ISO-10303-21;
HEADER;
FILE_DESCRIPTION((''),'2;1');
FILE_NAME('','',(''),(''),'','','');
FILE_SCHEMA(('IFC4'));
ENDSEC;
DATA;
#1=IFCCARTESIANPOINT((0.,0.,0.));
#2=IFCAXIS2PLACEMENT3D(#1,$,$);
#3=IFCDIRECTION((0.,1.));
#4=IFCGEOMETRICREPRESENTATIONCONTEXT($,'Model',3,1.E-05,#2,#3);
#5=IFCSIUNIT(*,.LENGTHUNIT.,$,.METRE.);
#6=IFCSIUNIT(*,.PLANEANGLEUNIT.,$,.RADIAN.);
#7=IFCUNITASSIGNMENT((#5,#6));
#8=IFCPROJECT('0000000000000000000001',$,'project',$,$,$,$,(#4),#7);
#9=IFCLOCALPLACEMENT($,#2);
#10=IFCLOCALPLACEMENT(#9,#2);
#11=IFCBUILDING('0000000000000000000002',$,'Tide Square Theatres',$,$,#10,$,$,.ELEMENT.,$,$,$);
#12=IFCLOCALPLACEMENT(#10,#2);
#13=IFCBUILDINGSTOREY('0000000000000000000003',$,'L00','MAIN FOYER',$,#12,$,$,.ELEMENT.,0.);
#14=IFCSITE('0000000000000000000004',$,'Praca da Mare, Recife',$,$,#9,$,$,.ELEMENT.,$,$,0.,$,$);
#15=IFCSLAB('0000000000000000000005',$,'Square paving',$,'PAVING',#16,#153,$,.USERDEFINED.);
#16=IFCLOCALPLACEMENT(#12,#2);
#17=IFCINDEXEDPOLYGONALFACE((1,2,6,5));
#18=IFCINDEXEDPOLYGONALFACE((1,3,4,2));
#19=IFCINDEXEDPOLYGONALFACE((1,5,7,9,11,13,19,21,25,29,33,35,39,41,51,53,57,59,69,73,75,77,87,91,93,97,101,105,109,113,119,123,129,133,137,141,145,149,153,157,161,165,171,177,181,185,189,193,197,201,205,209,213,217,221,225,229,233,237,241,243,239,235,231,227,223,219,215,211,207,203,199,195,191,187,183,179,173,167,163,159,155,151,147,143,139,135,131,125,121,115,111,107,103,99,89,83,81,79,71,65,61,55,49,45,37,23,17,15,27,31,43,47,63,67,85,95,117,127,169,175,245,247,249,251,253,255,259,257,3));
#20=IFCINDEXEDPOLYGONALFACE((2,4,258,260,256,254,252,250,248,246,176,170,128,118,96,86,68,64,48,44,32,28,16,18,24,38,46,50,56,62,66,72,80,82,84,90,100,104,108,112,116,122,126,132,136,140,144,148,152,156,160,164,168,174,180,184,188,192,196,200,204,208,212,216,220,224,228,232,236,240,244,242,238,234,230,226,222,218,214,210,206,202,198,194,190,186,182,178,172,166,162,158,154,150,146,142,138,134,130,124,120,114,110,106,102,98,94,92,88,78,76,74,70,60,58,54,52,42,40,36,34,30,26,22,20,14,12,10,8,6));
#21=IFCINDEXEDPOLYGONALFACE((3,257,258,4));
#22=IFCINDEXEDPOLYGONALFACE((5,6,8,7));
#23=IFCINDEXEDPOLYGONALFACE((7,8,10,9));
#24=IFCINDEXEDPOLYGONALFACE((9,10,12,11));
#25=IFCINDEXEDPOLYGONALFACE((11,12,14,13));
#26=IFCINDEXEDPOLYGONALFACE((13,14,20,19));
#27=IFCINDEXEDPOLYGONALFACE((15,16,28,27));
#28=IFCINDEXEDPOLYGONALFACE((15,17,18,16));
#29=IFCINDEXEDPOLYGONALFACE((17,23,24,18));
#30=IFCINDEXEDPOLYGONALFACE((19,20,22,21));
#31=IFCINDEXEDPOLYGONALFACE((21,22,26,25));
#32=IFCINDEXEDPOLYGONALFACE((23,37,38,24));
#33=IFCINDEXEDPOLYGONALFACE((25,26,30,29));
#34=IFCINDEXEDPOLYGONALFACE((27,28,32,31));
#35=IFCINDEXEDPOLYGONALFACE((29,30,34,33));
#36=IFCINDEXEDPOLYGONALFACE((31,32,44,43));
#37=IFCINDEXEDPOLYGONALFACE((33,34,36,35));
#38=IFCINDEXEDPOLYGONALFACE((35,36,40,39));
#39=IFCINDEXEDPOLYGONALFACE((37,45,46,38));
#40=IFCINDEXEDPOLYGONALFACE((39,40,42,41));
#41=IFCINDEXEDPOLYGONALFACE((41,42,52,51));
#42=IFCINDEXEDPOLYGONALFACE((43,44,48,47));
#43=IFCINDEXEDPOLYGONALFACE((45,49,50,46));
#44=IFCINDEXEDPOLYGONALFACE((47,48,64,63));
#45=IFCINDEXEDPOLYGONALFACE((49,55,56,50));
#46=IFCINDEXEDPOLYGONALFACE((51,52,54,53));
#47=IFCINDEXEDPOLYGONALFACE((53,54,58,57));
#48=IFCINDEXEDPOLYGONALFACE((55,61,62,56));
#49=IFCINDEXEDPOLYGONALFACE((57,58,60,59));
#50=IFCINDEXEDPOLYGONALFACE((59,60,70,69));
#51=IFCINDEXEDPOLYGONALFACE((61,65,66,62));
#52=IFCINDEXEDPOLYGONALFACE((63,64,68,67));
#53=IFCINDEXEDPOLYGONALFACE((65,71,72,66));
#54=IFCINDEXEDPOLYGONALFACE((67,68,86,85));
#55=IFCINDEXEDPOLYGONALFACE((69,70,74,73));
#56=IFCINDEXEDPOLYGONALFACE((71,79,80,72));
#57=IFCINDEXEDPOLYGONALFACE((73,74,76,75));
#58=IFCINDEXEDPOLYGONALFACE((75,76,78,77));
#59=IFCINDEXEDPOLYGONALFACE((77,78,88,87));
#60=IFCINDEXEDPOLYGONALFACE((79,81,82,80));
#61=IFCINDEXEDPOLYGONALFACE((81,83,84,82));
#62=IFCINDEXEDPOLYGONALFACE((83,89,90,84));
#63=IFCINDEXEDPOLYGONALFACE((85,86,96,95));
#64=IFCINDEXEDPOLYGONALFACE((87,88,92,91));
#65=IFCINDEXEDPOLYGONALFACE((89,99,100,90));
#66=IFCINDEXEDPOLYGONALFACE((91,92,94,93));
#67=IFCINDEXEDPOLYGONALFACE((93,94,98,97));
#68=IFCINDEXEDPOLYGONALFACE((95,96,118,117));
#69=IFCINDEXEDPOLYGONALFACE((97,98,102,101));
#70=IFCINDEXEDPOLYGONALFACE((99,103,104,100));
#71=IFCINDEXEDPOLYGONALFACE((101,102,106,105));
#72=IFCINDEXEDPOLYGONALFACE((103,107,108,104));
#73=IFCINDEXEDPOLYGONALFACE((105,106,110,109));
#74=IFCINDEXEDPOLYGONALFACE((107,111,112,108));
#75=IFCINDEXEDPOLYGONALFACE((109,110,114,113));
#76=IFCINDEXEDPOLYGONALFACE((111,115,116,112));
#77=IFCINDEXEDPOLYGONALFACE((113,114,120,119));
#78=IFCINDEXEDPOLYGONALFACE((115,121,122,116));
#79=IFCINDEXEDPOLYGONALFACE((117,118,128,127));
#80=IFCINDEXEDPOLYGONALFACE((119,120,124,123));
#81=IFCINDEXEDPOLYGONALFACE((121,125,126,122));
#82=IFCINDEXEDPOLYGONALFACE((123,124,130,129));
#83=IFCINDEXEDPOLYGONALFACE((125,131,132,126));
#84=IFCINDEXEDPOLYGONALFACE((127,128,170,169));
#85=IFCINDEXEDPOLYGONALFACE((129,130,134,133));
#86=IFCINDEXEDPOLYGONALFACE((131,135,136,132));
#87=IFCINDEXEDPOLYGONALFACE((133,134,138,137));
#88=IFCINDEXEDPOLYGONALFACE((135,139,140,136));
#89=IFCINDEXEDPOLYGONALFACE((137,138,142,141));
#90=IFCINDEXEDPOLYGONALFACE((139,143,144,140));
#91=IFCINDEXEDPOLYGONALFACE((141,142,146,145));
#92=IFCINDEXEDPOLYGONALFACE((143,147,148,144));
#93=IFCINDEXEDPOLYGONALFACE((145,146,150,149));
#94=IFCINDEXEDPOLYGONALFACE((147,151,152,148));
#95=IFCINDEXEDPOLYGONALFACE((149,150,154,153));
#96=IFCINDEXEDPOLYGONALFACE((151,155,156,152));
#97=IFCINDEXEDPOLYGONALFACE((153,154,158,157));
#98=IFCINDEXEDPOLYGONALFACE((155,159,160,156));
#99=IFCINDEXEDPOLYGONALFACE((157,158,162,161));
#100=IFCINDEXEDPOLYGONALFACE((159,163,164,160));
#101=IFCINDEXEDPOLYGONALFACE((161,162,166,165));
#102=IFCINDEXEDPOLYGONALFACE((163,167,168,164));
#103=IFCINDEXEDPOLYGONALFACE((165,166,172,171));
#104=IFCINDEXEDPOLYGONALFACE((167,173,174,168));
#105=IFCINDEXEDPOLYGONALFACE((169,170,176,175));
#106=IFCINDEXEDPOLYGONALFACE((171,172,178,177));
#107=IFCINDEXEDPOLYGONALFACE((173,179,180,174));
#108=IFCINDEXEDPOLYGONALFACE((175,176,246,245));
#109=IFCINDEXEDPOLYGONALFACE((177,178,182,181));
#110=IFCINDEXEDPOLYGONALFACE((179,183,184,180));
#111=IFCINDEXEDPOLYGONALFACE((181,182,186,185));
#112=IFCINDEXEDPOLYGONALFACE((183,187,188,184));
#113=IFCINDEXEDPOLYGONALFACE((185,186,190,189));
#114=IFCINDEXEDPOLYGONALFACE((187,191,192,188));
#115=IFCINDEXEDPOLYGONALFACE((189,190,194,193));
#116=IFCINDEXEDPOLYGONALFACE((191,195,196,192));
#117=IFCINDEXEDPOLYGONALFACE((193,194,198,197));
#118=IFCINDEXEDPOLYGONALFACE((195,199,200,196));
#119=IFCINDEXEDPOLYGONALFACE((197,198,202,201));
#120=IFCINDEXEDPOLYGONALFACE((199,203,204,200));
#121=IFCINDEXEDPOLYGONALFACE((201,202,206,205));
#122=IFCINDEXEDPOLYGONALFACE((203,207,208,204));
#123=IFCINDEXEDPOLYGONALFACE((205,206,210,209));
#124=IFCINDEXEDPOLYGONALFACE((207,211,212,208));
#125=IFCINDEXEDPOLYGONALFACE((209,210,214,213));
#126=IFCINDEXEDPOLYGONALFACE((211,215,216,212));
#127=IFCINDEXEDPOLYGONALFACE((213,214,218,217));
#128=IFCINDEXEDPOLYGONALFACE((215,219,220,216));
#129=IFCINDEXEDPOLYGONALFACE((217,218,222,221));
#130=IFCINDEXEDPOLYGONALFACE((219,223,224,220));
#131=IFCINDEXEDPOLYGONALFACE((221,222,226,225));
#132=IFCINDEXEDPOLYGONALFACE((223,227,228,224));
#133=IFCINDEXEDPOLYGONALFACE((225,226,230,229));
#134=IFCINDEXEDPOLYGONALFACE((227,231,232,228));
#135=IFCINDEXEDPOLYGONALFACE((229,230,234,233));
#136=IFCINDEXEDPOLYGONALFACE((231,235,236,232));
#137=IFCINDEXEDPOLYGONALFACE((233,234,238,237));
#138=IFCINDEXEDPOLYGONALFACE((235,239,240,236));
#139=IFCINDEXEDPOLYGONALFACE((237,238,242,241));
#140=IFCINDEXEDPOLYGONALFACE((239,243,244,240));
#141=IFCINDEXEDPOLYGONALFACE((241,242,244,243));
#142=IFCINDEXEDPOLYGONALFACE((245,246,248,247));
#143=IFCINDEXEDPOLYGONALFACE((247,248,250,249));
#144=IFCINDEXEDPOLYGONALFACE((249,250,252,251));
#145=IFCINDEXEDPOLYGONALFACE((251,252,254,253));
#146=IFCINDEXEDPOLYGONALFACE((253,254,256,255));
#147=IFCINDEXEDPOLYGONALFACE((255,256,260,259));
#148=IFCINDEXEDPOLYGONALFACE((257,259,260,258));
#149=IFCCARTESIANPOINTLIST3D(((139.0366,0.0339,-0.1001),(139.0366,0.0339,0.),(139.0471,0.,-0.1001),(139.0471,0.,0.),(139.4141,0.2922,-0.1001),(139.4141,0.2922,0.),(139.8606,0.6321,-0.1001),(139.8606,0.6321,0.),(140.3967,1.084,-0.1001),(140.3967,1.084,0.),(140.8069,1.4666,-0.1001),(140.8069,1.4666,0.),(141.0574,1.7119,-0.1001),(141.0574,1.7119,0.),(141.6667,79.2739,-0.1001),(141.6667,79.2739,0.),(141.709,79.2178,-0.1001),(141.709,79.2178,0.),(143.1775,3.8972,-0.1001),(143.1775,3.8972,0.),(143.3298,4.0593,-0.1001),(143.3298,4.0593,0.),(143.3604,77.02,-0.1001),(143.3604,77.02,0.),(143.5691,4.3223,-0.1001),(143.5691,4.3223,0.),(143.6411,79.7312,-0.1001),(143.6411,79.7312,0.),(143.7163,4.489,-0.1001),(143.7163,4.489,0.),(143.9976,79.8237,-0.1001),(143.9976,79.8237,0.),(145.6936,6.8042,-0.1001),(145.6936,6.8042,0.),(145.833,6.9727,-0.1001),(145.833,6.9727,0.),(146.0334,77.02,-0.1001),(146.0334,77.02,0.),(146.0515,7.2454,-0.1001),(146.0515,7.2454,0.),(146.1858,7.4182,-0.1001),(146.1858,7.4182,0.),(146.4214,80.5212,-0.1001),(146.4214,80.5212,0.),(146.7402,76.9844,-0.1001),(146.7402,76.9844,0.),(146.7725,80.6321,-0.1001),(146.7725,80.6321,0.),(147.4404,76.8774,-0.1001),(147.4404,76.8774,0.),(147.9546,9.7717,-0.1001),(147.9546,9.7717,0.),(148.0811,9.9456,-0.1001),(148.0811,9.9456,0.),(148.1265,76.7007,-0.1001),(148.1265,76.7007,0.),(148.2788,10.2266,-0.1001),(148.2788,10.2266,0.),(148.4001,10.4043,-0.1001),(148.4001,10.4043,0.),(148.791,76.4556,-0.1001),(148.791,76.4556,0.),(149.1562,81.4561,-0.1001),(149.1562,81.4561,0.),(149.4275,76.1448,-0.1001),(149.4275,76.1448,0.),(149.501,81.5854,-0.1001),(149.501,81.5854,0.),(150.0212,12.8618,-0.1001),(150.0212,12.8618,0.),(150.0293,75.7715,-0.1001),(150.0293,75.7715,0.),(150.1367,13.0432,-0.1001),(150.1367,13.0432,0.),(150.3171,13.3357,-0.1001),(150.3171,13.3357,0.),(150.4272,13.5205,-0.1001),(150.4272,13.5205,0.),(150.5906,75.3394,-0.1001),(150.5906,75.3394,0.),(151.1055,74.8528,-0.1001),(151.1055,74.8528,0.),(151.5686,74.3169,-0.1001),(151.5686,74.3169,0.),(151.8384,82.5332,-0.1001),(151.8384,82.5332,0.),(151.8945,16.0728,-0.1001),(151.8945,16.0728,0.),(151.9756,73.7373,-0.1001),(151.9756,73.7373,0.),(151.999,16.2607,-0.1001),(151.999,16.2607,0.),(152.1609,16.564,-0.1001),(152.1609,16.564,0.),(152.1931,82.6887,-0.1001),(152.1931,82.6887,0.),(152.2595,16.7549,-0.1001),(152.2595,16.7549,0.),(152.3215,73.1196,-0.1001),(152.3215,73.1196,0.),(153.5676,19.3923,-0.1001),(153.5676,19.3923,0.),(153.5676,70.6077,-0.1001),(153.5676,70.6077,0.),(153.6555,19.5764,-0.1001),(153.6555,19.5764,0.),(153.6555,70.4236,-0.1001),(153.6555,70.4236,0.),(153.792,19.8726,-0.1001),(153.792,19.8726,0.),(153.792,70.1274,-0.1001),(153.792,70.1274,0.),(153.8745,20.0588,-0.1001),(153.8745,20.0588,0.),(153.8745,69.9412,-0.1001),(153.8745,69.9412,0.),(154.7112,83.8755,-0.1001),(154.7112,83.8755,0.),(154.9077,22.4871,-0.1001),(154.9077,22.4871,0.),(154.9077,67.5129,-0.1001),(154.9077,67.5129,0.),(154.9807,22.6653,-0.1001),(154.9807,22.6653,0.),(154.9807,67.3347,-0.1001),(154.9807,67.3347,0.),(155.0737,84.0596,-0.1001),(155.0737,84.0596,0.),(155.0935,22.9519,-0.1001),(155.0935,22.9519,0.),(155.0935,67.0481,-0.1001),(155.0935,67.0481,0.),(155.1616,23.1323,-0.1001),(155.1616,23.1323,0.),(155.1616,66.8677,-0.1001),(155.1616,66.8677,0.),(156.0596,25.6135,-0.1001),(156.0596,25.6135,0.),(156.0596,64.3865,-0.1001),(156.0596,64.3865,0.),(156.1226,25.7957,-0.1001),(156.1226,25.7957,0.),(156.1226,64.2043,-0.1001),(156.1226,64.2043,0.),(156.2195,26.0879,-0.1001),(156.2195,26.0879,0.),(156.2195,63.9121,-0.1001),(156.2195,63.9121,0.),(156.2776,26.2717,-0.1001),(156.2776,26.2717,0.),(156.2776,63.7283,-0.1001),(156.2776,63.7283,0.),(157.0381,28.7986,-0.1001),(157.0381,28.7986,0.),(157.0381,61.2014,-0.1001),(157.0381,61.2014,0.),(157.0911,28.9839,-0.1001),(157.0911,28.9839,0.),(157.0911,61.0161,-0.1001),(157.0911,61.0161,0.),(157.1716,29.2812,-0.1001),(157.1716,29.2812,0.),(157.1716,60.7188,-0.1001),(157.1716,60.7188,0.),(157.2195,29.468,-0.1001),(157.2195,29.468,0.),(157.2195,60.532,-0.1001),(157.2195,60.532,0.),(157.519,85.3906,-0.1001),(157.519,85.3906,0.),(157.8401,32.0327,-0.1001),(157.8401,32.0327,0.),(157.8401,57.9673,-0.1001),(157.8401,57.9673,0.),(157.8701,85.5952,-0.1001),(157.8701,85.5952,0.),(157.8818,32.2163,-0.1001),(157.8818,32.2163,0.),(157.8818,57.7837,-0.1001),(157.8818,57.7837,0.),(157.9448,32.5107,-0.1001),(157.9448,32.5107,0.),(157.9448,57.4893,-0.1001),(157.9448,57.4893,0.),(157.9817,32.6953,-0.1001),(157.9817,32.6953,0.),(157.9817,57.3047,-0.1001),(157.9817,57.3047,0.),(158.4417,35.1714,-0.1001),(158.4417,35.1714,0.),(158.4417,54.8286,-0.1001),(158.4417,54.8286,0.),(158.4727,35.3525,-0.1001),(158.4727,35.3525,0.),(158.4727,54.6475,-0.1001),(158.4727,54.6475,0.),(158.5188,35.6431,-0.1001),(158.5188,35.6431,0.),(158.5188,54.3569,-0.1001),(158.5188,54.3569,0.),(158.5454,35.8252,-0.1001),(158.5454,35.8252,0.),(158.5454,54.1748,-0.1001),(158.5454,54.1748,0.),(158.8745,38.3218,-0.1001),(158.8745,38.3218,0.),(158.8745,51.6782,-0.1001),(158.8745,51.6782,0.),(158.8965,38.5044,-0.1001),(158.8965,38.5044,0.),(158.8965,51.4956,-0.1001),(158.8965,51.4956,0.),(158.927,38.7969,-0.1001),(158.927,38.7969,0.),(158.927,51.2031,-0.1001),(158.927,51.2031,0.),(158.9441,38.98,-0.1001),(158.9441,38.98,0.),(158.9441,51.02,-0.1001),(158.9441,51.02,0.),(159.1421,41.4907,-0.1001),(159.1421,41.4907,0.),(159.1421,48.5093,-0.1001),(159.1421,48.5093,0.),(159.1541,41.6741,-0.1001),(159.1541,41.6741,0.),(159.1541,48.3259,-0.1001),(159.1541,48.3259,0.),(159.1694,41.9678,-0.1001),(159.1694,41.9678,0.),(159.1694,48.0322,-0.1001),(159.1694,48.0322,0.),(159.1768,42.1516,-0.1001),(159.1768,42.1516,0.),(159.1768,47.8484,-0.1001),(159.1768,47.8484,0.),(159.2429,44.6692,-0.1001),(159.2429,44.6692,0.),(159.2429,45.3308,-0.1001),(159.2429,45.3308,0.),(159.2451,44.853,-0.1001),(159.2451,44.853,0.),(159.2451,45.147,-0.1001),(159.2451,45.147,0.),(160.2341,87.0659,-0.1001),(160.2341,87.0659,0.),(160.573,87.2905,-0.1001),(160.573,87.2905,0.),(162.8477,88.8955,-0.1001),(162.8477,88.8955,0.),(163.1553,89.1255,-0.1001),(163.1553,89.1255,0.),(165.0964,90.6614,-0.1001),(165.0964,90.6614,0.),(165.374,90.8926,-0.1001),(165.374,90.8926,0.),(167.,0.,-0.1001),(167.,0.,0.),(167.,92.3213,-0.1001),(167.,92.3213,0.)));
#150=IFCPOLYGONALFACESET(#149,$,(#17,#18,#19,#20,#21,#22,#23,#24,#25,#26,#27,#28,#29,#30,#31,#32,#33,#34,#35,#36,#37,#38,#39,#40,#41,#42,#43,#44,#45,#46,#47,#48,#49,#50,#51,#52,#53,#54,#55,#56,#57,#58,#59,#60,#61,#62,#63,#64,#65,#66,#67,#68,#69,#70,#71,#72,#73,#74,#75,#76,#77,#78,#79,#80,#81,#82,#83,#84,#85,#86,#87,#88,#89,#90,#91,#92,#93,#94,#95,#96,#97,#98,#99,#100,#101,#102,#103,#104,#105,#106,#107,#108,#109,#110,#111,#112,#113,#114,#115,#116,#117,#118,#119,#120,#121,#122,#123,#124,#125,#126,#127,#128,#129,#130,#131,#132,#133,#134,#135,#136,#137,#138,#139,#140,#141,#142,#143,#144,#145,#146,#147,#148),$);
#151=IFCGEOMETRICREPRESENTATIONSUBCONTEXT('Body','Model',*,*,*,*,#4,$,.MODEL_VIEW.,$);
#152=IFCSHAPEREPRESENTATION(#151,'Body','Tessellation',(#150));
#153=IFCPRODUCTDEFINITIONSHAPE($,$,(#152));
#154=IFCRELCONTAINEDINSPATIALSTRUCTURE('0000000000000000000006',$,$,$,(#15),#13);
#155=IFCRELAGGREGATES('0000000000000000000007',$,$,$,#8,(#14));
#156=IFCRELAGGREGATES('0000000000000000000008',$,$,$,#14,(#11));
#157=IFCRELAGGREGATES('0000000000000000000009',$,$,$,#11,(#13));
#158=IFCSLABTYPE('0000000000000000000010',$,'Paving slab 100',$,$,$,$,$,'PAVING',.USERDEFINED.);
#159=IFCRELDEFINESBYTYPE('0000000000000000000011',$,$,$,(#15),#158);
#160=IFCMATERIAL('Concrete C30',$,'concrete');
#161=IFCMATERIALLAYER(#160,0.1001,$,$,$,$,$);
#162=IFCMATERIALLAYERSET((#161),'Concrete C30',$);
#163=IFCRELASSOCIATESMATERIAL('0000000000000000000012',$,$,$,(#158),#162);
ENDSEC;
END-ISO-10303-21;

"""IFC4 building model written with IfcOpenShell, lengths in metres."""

from ifc_helpers import new_model, si_unit, direction, frame, origin, place, context, subcontext, project, spatial, polyline, outline, extrude, material, layer, layer_set, type_object, element, save


model = new_model("IFC4")

# Units and contexts
model_context = context("Model", 3, precision=1e-05, world=origin(), true_north=direction((0.0, 1.0)))
body_context = subcontext(model_context, "Body", "Model", "MODEL_VIEW")
ifc_project = project(units=[si_unit("LENGTHUNIT", "METRE"), si_unit("PLANEANGLEUNIT", "RADIAN")], contexts=[model_context])

# Site, building, storey
site_placement = place(None, origin())
site = spatial("IfcSite", under=ifc_project, at=site_placement, Name="Praca da Mare, Recife", CompositionType="ELEMENT", RefElevation=0.0)
building_placement = place(site_placement, origin())
building = spatial("IfcBuilding", under=site, at=building_placement, Name="Tide Square Theatres", CompositionType="ELEMENT")
storey_placement = place(building_placement, origin())
storey = spatial("IfcBuildingStorey", under=building, at=storey_placement, Name="L00", Description="MAIN FOYER", CompositionType="ELEMENT", Elevation=0.0)

# Slab
ifc_material_1 = material(Name="Concrete C30", Category="concrete")
ifc_layer_1 = layer(ifc_material_1, 0.1001)
ifc_layer_set_1 = layer_set([ifc_layer_1], Name="Concrete C30")
slab_type_1 = type_object("IfcSlabType", Name="Paving slab 100", ElementType="PAVING", PredefinedType="USERDEFINED", material=ifc_layer_set_1)
slab_1_placement = place(storey_placement, frame((0.0, 0.0, -0.1001)))
element("IfcSlab", 1, at=slab_1_placement, inside=storey, type_object=slab_type_1, Name="Square paving", ObjectType="PAVING", PredefinedType="USERDEFINED", context=body_context, shape_type="SweptSolid", body=[
    extrude(outline(polyline([(141.6667, 79.2739), (141.709, 79.2178), (143.3604, 77.02), (146.0334, 77.02), (146.7402, 76.9844), (147.4404, 76.8774), (148.1265, 76.7007), (148.791, 76.4556), (149.4275, 76.1448), (150.0293, 75.7715), (150.5906, 75.3394), (151.1055, 74.8528), (151.5686, 74.3169), (151.9756, 73.7373), (152.3215, 73.1196), (153.5676, 70.6077), (153.6555, 70.4236), (153.792, 70.1274), (153.8745, 69.9412), (154.9077, 67.5129), (154.9807, 67.3347), (155.0935, 67.0481), (155.1616, 66.8677), (156.0596, 64.3865), (156.1226, 64.2043), (156.2195, 63.9121), (156.2776, 63.7283), (157.0381, 61.2014), (157.0911, 61.0161), (157.1716, 60.7188), (157.2195, 60.532), (157.8401, 57.9673), (157.8818, 57.7837), (157.9448, 57.4893), (157.9817, 57.3047), (158.4417, 54.8286), (158.4727, 54.6475), (158.5188, 54.3569), (158.5454, 54.1748), (158.8745, 51.6782), (158.8965, 51.4956), (158.927, 51.2031), (158.9441, 51.02), (159.1421, 48.5093), (159.1541, 48.3259), (159.1694, 48.0322), (159.1768, 47.8484), (159.2429, 45.3308), (159.2451, 45.147), (159.2451, 44.853), (159.2429, 44.6692), (159.1768, 42.1516), (159.1694, 41.9678), (159.1541, 41.6741), (159.1421, 41.4907), (158.9441, 38.98), (158.927, 38.7969), (158.8965, 38.5044), (158.8745, 38.3218), (158.5454, 35.8252), (158.5188, 35.6431), (158.4727, 35.3525), (158.4417, 35.1714), (157.9817, 32.6953), (157.9448, 32.5107), (157.8818, 32.2163), (157.8401, 32.0327), (157.2195, 29.468), (157.1716, 29.2812), (157.0911, 28.9839), (157.0381, 28.7986), (156.2776, 26.2717), (156.2195, 26.0879), (156.1226, 25.7957), (156.0596, 25.6135), (155.1616, 23.1323), (155.0935, 22.9519), (154.9807, 22.6653), (154.9077, 22.4871), (153.8745, 20.0588), (153.792, 19.8726), (153.6555, 19.5764), (153.5676, 19.3923), (152.2595, 16.7549), (152.1609, 16.564), (151.999, 16.2607), (151.8945, 16.0728), (150.4272, 13.5205), (150.3171, 13.3357), (150.1367, 13.0432), (150.0212, 12.8618), (148.4001, 10.4043), (148.2788, 10.2266), (148.0811, 9.9456), (147.9546, 9.7717), (146.1858, 7.4182), (146.0515, 7.2454), (145.833, 6.9727), (145.6936, 6.8042), (143.7163, 4.489), (143.5691, 4.3223), (143.3298, 4.0593), (143.1775, 3.8972), (141.0574, 1.7119), (140.8069, 1.4666), (140.3967, 1.084), (139.8606, 0.6321), (139.4141, 0.2922), (139.0366, 0.0339), (139.0471, 0.0), (167.0, 0.0), (167.0, 92.3213), (165.374, 90.8926), (165.0964, 90.6614), (163.1553, 89.1255), (162.8477, 88.8955), (160.573, 87.2905), (160.2341, 87.0659), (157.8701, 85.5952), (157.519, 85.3906), (155.0737, 84.0596), (154.7112, 83.8755), (152.1931, 82.6887), (151.8384, 82.5332), (149.501, 81.5854), (149.1562, 81.4561), (146.7725, 80.6321), (146.4214, 80.5212), (143.9976, 79.8237), (143.6411, 79.7312), (141.6667, 79.2739)])), origin(), (0.0, 0.0, 1.0), 0.1001),
])

save(model, "model.ifc")
